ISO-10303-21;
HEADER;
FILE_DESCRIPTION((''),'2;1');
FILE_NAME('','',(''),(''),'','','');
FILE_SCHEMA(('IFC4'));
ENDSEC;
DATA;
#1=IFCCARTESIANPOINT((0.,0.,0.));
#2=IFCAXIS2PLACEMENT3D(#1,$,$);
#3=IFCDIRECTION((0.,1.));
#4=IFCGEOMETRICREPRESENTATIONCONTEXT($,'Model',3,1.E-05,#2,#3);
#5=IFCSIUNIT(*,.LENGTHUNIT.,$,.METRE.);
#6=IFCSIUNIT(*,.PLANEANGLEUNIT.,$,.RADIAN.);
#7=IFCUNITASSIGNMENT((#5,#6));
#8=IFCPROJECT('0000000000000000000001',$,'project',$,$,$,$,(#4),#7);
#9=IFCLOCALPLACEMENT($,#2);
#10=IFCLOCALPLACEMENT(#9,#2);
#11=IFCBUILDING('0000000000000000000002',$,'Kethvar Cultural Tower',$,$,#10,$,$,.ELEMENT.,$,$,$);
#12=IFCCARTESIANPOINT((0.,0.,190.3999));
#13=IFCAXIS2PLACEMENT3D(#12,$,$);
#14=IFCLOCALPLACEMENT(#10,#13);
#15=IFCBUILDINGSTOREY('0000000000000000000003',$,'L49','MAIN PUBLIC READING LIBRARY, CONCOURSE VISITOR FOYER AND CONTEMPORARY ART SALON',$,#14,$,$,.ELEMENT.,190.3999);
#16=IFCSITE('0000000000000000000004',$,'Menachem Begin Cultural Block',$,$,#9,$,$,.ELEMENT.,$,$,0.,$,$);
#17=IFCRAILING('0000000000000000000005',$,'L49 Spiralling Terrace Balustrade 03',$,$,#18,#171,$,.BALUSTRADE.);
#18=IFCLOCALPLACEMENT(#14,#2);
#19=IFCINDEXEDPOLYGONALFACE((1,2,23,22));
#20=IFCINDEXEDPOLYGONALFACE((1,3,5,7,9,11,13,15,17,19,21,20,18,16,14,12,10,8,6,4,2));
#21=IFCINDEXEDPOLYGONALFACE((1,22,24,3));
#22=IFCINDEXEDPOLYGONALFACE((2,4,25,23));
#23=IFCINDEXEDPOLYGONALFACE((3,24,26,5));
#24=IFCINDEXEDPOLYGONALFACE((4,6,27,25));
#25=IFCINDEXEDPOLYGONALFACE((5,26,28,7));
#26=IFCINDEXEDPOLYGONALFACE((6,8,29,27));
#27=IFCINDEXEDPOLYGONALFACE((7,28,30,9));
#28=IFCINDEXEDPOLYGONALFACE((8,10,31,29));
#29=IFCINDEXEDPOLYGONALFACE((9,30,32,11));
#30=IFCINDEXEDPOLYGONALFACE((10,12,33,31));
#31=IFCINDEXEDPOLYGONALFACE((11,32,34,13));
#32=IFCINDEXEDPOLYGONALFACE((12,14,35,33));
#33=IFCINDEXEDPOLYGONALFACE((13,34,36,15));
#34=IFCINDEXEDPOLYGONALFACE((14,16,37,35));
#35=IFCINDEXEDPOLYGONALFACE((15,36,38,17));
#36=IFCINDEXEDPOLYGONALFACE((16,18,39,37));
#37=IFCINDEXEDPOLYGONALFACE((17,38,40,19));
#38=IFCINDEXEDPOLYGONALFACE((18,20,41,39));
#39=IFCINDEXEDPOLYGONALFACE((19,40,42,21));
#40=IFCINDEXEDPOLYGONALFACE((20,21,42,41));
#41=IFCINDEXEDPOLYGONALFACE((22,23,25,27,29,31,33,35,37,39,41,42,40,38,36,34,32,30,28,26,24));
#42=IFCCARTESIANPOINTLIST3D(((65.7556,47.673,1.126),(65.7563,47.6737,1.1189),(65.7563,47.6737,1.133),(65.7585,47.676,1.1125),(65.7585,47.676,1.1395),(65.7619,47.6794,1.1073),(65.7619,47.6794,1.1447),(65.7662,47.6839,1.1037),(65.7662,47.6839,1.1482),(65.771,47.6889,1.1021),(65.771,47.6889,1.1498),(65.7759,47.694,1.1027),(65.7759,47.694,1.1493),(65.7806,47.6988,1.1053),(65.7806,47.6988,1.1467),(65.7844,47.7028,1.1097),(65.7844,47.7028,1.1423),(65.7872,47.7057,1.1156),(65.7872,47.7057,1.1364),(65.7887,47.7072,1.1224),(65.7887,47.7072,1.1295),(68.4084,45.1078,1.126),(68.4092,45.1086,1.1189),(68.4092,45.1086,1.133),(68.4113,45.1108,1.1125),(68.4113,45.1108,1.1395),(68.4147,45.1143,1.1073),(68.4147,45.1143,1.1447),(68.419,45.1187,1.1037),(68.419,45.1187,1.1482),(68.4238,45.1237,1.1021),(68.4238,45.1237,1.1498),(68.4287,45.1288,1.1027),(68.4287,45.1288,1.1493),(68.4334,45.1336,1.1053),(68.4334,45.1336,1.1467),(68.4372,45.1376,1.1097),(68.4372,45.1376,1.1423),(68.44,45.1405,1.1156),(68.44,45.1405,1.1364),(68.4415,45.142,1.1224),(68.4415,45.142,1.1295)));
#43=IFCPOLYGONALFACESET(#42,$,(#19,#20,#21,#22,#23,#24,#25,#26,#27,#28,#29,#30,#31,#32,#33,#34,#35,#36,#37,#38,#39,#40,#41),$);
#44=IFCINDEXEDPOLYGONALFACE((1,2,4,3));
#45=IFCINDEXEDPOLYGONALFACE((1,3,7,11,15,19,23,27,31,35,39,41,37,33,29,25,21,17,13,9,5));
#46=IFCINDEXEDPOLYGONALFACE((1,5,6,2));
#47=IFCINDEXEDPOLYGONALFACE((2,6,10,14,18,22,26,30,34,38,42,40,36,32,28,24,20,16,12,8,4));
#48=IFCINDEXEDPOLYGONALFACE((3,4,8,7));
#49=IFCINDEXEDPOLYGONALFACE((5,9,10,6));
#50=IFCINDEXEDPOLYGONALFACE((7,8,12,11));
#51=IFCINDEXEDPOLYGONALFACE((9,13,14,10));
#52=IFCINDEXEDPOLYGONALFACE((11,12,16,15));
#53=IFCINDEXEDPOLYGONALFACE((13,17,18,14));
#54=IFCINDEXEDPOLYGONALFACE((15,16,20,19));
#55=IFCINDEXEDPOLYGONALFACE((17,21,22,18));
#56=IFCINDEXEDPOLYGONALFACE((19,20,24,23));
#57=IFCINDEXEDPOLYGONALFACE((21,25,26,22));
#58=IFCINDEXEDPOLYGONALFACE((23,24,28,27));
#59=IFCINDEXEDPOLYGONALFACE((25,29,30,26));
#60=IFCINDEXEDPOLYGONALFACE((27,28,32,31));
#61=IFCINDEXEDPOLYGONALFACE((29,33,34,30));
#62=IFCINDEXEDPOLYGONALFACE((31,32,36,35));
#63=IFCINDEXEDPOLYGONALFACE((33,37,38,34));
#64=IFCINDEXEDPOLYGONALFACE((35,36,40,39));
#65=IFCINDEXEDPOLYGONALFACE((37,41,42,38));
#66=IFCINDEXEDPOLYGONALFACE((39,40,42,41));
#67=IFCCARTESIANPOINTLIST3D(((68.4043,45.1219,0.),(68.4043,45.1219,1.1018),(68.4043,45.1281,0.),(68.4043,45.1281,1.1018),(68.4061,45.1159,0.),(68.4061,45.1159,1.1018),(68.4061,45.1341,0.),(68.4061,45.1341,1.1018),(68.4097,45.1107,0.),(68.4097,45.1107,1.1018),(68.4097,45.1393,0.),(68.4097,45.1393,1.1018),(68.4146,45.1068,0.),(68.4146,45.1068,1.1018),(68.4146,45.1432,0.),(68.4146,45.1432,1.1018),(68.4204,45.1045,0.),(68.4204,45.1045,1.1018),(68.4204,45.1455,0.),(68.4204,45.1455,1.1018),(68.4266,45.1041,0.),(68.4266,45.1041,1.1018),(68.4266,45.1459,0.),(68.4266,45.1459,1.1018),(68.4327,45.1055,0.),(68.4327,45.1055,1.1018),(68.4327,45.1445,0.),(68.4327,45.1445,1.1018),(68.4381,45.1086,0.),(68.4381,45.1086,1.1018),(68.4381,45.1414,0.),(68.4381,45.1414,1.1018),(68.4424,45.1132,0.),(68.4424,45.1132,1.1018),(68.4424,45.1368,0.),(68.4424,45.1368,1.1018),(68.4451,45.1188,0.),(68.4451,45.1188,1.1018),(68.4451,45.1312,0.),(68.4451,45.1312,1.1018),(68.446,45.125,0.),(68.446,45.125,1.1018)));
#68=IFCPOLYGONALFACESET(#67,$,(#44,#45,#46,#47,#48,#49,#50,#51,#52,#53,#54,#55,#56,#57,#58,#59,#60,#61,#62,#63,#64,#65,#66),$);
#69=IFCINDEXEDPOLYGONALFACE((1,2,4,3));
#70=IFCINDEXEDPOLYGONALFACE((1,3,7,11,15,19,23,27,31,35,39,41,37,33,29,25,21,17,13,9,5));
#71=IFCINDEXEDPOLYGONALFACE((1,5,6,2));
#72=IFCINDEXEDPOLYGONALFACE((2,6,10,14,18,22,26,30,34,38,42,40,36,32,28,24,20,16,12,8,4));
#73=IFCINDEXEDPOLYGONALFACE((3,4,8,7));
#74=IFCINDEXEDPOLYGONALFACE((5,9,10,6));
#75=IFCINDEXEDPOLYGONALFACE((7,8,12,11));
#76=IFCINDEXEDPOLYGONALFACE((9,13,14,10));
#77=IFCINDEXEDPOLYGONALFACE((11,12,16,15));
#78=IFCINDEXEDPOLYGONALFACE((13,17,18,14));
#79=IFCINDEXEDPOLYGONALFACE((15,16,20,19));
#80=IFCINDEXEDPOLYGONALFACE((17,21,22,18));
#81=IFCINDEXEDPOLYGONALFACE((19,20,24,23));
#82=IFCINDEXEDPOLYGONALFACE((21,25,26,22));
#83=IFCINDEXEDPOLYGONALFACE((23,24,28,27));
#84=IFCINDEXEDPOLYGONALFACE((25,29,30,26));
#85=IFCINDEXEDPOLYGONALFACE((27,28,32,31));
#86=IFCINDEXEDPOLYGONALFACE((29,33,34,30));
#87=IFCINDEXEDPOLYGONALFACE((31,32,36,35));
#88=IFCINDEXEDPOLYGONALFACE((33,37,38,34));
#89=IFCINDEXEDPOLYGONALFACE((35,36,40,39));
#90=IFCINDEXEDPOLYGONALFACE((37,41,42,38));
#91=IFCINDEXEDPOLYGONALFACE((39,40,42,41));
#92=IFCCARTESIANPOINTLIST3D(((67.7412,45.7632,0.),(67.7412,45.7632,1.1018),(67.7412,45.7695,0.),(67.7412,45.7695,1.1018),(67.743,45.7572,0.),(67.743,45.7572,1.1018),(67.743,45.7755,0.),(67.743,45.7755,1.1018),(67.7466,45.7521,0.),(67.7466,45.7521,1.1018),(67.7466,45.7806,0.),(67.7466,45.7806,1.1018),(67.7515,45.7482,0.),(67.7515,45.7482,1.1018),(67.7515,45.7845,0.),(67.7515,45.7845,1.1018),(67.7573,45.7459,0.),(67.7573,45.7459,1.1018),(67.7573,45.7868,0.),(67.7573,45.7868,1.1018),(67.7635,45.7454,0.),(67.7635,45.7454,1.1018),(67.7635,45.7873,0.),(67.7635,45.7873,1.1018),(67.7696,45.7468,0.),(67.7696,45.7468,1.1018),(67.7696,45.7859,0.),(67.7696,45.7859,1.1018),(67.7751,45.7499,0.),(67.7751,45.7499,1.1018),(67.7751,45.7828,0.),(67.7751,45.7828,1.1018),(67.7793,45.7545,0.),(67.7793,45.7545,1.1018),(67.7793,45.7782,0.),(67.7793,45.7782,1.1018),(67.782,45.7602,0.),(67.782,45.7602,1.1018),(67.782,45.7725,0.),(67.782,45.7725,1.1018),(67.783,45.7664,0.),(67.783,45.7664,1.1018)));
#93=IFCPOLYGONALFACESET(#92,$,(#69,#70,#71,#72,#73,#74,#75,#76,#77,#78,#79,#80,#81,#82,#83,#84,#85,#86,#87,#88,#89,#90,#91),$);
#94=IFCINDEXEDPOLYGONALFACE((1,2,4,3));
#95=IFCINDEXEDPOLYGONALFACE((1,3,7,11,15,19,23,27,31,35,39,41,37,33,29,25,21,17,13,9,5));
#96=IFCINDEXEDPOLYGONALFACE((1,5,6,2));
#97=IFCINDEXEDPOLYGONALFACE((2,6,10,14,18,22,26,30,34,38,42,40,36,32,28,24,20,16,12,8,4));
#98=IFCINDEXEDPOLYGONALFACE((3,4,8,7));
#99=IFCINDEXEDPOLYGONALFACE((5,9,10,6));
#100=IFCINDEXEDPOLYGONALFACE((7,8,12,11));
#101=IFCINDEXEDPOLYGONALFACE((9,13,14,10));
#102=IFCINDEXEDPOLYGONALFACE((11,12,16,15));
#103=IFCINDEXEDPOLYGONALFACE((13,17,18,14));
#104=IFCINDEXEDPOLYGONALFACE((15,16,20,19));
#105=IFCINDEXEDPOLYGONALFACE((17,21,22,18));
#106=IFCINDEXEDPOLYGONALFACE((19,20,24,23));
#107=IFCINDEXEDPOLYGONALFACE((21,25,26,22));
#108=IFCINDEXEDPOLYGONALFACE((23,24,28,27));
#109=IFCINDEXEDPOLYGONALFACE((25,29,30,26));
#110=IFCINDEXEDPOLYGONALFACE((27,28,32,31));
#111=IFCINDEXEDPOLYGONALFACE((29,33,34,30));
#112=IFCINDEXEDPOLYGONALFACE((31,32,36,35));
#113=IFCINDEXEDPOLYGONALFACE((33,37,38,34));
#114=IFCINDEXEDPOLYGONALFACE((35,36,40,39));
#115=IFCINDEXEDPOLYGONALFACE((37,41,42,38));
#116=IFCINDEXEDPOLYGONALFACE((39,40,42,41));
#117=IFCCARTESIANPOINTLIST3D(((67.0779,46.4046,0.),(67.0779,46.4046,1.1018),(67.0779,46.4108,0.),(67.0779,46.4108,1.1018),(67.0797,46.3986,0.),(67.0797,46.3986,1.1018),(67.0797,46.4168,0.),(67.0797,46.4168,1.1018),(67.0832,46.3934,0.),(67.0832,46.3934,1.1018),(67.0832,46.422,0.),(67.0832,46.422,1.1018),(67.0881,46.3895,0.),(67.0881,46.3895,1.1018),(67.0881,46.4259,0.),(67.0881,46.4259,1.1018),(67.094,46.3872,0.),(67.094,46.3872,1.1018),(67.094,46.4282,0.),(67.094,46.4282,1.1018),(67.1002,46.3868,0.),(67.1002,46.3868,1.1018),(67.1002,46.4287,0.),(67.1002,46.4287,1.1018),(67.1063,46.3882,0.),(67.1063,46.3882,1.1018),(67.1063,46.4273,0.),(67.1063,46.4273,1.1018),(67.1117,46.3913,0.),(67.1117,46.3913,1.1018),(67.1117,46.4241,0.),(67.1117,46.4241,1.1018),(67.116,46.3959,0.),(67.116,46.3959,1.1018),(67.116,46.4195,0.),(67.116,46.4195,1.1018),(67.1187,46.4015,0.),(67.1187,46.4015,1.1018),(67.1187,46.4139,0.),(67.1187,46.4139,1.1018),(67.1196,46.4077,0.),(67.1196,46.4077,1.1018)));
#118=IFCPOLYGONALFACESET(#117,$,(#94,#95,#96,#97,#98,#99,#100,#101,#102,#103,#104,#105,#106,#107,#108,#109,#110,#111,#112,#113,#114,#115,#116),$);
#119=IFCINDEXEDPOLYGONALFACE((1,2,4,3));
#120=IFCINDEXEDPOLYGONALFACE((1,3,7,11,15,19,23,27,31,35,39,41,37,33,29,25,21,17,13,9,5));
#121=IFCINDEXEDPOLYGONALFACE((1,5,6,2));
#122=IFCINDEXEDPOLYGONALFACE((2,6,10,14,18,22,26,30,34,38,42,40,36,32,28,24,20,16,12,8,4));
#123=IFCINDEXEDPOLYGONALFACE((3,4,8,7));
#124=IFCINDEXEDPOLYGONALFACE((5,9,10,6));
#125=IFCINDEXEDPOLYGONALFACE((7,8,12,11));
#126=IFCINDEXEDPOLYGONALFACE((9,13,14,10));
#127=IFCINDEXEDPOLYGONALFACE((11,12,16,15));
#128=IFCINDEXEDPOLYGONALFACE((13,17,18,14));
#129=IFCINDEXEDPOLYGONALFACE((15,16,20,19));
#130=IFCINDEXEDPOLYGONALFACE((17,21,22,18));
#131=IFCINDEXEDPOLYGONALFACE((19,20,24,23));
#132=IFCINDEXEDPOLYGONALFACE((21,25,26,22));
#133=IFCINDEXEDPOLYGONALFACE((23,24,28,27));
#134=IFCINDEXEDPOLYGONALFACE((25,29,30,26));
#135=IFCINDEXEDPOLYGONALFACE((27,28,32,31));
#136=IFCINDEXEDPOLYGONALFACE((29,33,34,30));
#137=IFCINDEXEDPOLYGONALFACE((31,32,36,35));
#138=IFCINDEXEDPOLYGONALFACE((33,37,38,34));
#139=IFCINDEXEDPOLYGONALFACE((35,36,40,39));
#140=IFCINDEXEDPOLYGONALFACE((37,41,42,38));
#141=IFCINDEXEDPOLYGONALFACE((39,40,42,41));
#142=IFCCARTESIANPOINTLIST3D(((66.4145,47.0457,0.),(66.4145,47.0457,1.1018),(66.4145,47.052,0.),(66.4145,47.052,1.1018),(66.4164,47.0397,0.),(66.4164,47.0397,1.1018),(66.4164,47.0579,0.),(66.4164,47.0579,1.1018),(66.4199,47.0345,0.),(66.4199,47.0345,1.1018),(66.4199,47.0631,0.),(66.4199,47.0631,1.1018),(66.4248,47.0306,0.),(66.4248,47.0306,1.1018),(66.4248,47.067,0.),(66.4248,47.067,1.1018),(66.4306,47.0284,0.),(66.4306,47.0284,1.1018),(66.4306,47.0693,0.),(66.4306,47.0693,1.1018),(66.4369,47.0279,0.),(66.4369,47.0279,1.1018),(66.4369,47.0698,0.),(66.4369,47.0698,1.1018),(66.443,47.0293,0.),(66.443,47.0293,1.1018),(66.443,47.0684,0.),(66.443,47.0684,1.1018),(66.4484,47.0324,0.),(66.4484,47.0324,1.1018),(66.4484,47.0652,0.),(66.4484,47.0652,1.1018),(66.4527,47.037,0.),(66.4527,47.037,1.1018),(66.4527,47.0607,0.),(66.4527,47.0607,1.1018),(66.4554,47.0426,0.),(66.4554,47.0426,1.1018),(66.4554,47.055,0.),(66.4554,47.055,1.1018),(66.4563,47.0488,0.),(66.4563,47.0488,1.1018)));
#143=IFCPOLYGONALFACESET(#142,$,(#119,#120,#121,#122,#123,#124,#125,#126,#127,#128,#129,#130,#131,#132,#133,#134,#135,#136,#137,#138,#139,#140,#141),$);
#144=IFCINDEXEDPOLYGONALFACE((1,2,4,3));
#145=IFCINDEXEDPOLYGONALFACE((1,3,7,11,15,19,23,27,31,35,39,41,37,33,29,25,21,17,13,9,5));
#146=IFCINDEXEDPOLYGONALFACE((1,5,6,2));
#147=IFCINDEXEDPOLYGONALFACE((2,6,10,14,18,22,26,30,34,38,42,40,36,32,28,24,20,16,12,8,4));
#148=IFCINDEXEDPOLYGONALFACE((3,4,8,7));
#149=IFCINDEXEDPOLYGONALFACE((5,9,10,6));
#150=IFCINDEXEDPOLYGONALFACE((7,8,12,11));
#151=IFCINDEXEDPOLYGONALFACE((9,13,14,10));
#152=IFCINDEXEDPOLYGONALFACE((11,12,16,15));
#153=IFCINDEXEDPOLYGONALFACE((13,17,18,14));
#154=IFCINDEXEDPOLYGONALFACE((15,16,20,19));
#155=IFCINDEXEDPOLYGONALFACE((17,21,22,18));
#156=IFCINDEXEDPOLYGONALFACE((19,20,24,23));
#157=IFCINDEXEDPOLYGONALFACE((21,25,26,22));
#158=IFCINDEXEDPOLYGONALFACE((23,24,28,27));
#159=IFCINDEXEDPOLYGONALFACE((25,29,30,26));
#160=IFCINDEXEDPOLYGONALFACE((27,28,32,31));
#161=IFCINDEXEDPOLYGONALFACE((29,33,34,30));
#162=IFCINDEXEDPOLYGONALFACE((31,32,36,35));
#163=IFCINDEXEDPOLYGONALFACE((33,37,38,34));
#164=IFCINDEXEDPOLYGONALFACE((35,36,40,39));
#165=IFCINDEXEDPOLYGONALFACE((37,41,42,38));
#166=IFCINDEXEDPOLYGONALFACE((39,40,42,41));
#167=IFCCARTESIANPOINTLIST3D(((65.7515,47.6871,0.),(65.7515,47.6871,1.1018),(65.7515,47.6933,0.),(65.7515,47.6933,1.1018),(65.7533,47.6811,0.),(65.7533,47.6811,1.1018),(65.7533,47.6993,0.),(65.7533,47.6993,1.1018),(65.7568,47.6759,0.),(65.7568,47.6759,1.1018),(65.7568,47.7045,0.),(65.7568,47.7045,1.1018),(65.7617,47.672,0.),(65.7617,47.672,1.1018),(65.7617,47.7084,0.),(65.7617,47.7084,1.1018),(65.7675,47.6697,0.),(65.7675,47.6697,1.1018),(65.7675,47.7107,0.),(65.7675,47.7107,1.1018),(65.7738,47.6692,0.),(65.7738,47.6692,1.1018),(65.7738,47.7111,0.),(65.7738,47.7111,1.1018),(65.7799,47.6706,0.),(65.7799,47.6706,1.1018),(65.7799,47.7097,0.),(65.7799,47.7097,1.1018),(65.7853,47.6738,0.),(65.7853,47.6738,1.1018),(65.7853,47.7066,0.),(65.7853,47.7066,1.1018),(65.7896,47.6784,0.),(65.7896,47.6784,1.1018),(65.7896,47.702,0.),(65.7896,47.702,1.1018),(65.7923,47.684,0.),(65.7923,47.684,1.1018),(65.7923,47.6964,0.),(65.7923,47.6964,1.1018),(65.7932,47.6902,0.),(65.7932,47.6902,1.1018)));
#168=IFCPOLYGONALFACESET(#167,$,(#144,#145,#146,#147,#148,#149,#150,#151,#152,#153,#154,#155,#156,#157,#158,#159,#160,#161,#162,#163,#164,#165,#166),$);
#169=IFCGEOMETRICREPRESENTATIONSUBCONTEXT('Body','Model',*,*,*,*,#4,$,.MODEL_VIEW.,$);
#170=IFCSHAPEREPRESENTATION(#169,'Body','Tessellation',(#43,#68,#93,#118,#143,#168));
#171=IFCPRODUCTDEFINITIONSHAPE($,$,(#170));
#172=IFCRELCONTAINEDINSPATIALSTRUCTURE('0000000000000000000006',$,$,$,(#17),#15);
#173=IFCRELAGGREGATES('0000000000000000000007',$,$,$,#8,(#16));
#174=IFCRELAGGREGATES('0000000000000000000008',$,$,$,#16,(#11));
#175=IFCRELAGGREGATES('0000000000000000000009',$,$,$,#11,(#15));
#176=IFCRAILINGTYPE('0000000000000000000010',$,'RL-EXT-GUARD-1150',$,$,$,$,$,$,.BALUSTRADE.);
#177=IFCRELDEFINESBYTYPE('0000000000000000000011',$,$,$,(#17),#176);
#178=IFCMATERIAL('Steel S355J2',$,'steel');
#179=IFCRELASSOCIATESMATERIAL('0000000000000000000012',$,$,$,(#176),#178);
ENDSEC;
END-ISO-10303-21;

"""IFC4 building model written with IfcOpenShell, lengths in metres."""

from ifc_helpers import new_model, si_unit, direction, frame, origin, origin_2d, place, context, subcontext, project, spatial, circle, extrude, material, type_object, element, save


model = new_model("IFC4")

# Units and contexts
model_context = context("Model", 3, precision=1e-05, world=origin(), true_north=direction((0.0, 1.0)))
body_context = subcontext(model_context, "Body", "Model", "MODEL_VIEW")
ifc_project = project(units=[si_unit("LENGTHUNIT", "METRE"), si_unit("PLANEANGLEUNIT", "RADIAN")], contexts=[model_context])

# Site, building, storey
site_placement = place(None, origin())
site = spatial("IfcSite", under=ifc_project, at=site_placement, Name="Menachem Begin Cultural Block", CompositionType="ELEMENT", RefElevation=0.0)
building_placement = place(site_placement, origin())
building = spatial("IfcBuilding", under=site, at=building_placement, Name="Kethvar Cultural Tower", CompositionType="ELEMENT")
storey_placement = place(building_placement, frame((0.0, 0.0, 190.3999)))
storey = spatial("IfcBuildingStorey", under=building, at=storey_placement, Name="L49", Description="MAIN PUBLIC READING LIBRARY, CONCOURSE VISITOR FOYER AND CONTEMPORARY ART SALON", CompositionType="ELEMENT", Elevation=190.3999)

# Shared definitions
ifc_material_1 = material(Name="Steel S355J2", Category="steel")

# Railing
railing_type = type_object("IfcRailingType", Name="RL-EXT-GUARD-1150", PredefinedType="BALUSTRADE", material=ifc_material_1)
railing_1_placement = place(storey_placement, frame((68.425, 45.125, 0.0)))
element("IfcRailing", 1, at=railing_1_placement, inside=storey, type_object=railing_type, Name="L49 Spiralling Terrace Balustrade 03", PredefinedType="BALUSTRADE", context=body_context, shape_type="SweptSolid", body=[
    extrude(circle(Radius=0.0239, at=origin_2d()), frame((0.0, 0.0, 1.126), z_axis=(-0.718883, 0.695132, 0.0), x_axis=(-0.695132, -0.718883, 0.0)), (0.0, 0.0, 1.0), 3.6902),
    extrude(circle(Radius=0.021, at=origin_2d()), origin(), (0.0, 0.0, 1.0), 1.1018),
    extrude(circle(Radius=0.021, at=origin_2d()), frame((-0.6631, 0.6414, 0.0)), (0.0, 0.0, 1.0), 1.1018),
    extrude(circle(Radius=0.021, at=origin_2d()), frame((-1.3264, 1.2827, 0.0)), (0.0, 0.0, 1.0), 1.1018),
    extrude(circle(Radius=0.021, at=origin_2d()), frame((-1.9897, 1.9238, 0.0)), (0.0, 0.0, 1.0), 1.1018),
    extrude(circle(Radius=0.021, at=origin_2d()), frame((-2.6528, 2.5652, 0.0)), (0.0, 0.0, 1.0), 1.1018),
])

save(model, "model.ifc")
